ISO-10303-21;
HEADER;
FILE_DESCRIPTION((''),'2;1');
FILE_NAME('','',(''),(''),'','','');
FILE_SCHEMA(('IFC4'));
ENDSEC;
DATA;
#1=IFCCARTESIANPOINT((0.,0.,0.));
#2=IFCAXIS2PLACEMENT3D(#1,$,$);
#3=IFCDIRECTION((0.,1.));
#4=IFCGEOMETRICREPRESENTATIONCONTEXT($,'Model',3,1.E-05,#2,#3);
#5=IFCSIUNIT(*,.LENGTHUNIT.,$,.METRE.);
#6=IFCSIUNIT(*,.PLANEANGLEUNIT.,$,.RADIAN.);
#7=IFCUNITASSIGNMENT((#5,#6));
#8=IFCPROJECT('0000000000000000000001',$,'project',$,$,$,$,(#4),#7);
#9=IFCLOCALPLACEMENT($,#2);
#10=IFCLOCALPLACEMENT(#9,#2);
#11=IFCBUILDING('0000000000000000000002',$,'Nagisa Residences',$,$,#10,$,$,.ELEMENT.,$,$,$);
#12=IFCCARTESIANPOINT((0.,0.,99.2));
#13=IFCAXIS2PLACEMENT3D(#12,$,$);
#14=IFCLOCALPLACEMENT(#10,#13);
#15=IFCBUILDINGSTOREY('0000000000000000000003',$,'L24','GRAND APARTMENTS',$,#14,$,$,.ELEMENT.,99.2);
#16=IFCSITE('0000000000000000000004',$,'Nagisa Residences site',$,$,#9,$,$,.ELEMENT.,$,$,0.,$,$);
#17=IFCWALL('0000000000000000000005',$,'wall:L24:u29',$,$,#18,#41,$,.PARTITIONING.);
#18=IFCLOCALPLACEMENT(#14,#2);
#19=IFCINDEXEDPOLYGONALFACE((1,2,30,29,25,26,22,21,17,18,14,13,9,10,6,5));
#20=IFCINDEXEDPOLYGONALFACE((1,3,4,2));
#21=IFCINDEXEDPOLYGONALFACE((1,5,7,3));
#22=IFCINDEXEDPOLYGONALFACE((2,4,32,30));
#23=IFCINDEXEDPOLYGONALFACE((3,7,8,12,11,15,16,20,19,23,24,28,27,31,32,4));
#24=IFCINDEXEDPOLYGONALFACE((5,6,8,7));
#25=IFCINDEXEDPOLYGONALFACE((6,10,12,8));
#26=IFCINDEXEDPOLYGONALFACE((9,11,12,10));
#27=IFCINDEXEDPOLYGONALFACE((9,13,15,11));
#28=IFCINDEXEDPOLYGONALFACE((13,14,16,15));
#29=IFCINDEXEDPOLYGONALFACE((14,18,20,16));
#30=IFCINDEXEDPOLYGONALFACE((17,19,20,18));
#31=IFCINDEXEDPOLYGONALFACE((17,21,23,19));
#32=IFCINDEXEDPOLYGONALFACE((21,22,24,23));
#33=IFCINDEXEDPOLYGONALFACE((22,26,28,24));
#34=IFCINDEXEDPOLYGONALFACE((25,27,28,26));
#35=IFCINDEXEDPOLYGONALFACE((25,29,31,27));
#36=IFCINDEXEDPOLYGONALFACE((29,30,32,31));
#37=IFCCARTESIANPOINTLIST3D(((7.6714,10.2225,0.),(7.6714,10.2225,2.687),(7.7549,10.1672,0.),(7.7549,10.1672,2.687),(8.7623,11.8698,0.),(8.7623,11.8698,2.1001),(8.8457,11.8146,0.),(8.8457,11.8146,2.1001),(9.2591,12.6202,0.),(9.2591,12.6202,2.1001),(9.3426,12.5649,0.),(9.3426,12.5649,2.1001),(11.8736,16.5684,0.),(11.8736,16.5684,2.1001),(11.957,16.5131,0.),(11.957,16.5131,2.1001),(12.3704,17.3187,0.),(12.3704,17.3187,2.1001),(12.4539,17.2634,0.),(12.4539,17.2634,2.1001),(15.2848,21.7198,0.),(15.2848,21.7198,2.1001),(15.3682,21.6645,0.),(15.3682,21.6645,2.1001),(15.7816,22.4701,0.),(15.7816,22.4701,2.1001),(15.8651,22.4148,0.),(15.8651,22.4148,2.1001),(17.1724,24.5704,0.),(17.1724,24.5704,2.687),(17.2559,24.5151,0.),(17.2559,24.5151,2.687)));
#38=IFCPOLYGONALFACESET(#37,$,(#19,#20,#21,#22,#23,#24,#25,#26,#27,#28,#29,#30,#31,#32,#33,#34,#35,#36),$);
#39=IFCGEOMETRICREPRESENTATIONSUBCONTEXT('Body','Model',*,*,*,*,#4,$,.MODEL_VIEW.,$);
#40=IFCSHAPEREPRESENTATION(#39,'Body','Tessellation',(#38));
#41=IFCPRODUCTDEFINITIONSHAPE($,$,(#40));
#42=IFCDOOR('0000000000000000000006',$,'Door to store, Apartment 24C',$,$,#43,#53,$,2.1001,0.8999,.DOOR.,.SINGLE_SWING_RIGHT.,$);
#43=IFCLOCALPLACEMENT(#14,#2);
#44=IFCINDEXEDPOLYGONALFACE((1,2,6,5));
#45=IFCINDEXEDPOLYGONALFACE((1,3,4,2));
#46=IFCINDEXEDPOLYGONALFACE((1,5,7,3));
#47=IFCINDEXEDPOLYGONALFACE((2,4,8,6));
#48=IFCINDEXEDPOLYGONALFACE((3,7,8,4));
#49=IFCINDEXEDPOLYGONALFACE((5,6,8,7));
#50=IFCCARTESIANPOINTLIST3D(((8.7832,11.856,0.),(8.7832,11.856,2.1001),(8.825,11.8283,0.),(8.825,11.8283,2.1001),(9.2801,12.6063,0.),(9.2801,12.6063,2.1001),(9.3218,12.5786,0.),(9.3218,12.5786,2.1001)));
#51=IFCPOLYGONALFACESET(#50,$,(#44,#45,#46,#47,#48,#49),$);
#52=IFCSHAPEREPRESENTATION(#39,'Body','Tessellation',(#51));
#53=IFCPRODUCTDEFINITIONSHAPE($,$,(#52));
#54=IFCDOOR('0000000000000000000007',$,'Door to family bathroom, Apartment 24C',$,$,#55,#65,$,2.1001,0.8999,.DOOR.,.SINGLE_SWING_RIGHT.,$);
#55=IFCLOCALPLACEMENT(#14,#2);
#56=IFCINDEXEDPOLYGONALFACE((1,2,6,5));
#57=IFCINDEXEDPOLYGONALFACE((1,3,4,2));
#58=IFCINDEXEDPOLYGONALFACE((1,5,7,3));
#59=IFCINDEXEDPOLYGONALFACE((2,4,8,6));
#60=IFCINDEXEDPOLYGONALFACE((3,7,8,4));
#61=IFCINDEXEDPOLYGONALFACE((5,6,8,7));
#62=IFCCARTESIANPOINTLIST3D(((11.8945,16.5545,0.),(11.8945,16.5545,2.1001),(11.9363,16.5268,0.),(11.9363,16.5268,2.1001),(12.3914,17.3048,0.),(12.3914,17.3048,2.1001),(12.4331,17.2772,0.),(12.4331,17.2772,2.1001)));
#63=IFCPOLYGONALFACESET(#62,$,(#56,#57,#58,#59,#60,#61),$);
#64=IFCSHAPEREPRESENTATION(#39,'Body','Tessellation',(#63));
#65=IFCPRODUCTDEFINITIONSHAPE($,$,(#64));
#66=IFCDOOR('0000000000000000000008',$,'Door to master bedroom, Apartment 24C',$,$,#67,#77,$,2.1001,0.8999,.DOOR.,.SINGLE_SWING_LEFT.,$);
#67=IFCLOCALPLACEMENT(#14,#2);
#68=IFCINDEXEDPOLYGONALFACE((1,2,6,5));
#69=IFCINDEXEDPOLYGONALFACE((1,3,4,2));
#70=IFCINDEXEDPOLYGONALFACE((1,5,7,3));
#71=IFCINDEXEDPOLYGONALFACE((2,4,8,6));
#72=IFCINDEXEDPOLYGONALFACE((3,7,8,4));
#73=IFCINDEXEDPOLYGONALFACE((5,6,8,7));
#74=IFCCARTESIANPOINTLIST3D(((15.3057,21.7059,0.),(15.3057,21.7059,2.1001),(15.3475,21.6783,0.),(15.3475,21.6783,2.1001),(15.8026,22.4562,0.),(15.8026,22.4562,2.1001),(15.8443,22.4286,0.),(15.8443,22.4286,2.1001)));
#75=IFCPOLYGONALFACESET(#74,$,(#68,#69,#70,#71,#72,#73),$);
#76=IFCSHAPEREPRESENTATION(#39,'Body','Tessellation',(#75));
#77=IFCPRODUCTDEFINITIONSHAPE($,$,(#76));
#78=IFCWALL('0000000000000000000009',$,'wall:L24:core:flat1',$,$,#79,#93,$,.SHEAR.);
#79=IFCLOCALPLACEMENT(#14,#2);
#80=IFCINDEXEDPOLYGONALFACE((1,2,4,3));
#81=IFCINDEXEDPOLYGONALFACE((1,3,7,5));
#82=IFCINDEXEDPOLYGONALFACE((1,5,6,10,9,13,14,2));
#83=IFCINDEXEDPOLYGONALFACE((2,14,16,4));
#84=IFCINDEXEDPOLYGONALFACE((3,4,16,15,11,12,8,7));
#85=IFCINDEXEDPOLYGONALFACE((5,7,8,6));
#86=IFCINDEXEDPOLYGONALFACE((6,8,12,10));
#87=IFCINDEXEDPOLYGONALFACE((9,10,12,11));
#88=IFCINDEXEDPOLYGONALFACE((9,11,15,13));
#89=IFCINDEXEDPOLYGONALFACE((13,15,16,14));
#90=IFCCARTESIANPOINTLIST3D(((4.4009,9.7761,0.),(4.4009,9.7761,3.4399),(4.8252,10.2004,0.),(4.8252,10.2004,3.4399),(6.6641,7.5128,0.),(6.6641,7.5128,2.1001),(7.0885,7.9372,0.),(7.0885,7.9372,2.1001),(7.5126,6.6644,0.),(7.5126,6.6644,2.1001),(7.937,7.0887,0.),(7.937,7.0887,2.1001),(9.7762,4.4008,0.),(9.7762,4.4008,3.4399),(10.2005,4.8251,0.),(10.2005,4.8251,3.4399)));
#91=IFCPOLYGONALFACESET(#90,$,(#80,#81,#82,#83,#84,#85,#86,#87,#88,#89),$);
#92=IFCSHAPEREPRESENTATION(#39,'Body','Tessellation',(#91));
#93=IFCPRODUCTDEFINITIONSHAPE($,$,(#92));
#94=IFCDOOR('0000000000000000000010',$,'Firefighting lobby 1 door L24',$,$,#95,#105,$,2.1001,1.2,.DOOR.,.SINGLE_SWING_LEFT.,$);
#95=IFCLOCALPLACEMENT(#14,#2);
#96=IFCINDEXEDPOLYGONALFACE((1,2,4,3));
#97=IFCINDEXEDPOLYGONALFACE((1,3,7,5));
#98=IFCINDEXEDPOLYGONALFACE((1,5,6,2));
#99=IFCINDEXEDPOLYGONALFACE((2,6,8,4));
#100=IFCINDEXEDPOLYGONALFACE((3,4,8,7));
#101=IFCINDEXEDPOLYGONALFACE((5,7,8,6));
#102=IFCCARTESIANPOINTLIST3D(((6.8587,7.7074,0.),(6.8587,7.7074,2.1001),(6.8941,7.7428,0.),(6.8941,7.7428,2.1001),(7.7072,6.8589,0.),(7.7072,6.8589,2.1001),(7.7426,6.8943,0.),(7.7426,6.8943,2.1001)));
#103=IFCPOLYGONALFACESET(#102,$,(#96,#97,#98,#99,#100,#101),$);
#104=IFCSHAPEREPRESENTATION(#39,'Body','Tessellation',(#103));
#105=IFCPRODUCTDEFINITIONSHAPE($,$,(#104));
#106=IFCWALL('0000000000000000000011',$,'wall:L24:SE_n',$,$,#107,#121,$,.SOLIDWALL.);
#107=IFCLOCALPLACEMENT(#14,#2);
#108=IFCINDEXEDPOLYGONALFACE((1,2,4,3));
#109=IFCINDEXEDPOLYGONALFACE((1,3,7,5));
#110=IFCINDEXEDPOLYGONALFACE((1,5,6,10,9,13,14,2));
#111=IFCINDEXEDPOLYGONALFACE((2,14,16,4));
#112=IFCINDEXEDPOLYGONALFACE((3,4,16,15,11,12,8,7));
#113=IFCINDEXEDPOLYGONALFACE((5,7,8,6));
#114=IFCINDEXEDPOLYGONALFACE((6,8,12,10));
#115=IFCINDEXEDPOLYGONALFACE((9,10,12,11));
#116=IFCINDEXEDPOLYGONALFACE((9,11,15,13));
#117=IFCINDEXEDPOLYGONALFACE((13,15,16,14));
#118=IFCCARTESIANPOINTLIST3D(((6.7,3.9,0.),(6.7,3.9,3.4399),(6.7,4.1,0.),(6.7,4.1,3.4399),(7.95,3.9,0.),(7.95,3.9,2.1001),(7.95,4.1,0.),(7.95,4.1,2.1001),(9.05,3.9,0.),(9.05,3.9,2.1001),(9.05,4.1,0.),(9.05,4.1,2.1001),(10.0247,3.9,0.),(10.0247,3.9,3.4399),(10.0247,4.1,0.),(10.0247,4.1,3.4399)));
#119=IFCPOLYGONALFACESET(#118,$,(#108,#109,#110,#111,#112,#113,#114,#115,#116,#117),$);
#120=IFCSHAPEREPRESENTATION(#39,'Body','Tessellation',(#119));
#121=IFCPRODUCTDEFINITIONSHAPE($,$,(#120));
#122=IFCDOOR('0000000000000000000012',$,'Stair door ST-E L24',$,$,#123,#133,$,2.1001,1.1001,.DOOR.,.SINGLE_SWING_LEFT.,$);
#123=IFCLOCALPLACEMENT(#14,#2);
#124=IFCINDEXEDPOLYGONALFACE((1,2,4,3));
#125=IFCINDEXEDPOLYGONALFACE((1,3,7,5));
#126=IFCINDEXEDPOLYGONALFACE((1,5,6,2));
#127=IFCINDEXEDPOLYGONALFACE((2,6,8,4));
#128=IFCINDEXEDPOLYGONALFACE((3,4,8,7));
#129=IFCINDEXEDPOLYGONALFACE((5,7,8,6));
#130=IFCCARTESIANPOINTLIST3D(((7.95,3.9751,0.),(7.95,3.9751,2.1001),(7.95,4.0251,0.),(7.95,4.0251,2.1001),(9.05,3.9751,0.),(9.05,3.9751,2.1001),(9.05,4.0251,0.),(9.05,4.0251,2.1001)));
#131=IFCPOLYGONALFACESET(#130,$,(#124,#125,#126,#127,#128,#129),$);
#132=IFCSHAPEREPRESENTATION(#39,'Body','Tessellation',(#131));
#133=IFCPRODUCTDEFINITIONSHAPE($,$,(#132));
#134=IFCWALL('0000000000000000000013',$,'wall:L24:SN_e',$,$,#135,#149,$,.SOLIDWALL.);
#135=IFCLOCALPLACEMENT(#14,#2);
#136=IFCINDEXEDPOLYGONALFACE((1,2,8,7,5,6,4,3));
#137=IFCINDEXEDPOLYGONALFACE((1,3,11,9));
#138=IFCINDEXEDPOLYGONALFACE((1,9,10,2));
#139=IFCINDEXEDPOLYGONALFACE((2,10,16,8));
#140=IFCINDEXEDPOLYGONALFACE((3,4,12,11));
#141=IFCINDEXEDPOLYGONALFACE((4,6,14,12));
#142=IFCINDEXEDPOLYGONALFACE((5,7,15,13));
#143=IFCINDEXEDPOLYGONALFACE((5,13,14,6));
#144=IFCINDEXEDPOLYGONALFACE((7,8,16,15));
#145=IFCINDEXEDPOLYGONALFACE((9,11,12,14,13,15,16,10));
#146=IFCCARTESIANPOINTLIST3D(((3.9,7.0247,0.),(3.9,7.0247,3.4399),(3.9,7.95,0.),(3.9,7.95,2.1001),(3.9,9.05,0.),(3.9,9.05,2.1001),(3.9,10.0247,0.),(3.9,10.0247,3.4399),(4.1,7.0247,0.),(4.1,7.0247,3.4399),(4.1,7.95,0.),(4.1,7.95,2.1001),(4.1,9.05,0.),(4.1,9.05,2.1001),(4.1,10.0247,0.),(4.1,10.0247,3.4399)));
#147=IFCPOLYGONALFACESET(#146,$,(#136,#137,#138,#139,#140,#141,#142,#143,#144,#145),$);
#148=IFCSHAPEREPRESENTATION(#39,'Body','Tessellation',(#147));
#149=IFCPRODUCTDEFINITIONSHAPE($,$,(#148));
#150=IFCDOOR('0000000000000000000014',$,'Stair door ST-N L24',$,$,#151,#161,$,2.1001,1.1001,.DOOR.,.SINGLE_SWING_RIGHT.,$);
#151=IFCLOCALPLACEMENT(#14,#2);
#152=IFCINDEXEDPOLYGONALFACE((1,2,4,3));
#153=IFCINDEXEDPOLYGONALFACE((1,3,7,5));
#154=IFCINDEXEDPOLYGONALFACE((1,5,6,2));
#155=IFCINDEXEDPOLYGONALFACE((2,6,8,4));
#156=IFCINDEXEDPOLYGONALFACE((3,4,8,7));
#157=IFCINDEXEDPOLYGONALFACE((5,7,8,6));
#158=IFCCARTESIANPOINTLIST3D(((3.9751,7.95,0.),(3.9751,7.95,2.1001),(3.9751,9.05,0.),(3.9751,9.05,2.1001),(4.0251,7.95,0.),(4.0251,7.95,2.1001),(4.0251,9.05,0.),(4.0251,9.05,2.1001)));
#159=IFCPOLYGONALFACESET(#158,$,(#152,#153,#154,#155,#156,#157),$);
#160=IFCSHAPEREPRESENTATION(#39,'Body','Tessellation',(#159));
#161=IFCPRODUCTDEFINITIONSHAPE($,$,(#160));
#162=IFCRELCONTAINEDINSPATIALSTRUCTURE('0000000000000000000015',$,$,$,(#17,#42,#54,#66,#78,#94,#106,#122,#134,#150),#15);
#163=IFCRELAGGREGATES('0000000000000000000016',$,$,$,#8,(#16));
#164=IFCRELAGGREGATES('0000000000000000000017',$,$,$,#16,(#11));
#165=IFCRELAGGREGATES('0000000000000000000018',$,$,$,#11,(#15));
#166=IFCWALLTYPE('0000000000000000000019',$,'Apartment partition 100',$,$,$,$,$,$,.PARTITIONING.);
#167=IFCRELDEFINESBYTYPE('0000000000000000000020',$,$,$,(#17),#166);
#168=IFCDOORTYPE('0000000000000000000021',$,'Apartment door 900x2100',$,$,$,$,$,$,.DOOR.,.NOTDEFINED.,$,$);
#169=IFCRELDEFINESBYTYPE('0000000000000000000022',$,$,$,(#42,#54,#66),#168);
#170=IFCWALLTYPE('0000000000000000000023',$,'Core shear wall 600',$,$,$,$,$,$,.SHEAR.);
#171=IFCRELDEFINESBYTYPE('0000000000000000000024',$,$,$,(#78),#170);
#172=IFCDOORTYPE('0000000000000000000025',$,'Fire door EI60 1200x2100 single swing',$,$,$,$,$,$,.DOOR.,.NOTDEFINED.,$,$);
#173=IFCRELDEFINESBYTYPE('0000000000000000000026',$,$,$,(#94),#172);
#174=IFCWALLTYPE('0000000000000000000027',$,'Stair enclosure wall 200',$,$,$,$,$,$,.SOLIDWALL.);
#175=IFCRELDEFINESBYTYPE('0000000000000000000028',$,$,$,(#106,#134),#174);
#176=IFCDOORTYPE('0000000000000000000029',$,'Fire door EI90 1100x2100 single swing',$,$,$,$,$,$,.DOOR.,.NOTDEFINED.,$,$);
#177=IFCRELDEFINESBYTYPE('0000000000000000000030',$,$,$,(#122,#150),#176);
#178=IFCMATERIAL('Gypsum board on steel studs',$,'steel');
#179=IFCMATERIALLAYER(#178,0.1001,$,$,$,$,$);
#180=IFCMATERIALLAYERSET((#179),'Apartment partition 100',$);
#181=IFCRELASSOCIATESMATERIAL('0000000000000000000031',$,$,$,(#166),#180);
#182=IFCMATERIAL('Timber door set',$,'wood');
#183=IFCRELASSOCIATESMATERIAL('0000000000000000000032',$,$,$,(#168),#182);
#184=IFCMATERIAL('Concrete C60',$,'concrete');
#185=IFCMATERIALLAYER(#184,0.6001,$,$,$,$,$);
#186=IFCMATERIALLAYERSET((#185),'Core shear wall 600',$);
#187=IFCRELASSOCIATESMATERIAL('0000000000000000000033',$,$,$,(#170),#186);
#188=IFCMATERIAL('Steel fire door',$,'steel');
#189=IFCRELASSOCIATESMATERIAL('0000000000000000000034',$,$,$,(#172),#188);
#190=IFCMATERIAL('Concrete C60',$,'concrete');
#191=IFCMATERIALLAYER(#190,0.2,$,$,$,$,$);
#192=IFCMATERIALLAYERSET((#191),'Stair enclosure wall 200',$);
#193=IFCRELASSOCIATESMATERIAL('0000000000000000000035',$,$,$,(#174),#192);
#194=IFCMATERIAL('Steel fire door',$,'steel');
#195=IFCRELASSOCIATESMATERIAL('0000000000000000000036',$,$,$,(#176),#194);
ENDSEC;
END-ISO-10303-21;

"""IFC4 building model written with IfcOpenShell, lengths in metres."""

from ifc_helpers import new_model, si_unit, direction, frame, frame_2d, origin, place, context, subcontext, project, spatial, rectangle, extrude, material, layer, layer_set, type_object, element, fill, save


model = new_model("IFC4")

# Units and contexts
model_context = context("Model", 3, precision=1e-05, world=origin(), true_north=direction((0.0, 1.0)))
body_context = subcontext(model_context, "Body", "Model", "MODEL_VIEW")
ifc_project = project(units=[si_unit("LENGTHUNIT", "METRE"), si_unit("PLANEANGLEUNIT", "RADIAN")], contexts=[model_context])

# Site, building, storey
site_placement = place(None, origin())
site = spatial("IfcSite", under=ifc_project, at=site_placement, Name="Nagisa Residences site", CompositionType="ELEMENT", RefElevation=0.0)
building_placement = place(site_placement, origin())
building = spatial("IfcBuilding", under=site, at=building_placement, Name="Nagisa Residences", CompositionType="ELEMENT")
storey_placement = place(building_placement, frame((0.0, 0.0, 99.2)))
storey = spatial("IfcBuildingStorey", under=building, at=storey_placement, Name="L24", Description="GRAND APARTMENTS", CompositionType="ELEMENT", Elevation=99.2)

# Shared definitions
ifc_material_1 = material(Name="Gypsum board on steel studs", Category="steel")
ifc_layer_1 = layer(ifc_material_1, 0.1001)
ifc_layer_set_1 = layer_set([ifc_layer_1], Name="Apartment partition 100")
wall_type_1 = type_object("IfcWallType", Name="Apartment partition 100", PredefinedType="PARTITIONING", material=ifc_layer_set_1)

# Wall, openings, doors
ifc_material_2 = material(Name="Timber door set", Category="wood")
door_type_1 = type_object("IfcDoorType", Name="Apartment door 900x2100", OperationType="NOTDEFINED", PredefinedType="DOOR", material=ifc_material_2)
wall_1_placement = place(storey_placement, frame((7.7131, 10.1948, 0.0), z_axis=(0.0, 0.0, 1.0), x_axis=(0.552111, 0.833771, 0.0)))
wall_1 = element("IfcWall", 1, at=wall_1_placement, inside=storey, type_object=wall_type_1, Name="wall:L24:u29", PredefinedType="PARTITIONING", context=body_context, shape_type="SweptSolid", body=[
    extrude(rectangle(XDim=17.2085, YDim=0.1001, at=frame_2d((8.6042, 0.0))), origin(), (0.0, 0.0, 1.0), 2.687),
])
opening_1_placement = place(wall_1_placement, frame((1.9758, 0.0, 0.0)))
opening_1 = element("IfcOpeningElement", 2, at=opening_1_placement, cuts=wall_1, PredefinedType="OPENING", context=body_context, shape_type="SweptSolid", body=[
    extrude(rectangle(XDim=0.8999, YDim=2.1001, at=frame_2d((0.45, 1.05))), frame((0.0, 0.0601, 0.0), z_axis=(0.0, -1.0, 0.0), x_axis=(1.0, 0.0, 0.0)), (0.0, 0.0, 1.0), 0.1201),
])
opening_2_placement = place(wall_1_placement, frame((7.6111, 0.0, 0.0)))
opening_2 = element("IfcOpeningElement", 3, at=opening_2_placement, cuts=wall_1, PredefinedType="OPENING", context=body_context, shape_type="SweptSolid", body=[
    extrude(rectangle(XDim=0.8999, YDim=2.1001, at=frame_2d((0.45, 1.05))), frame((0.0, 0.0601, 0.0), z_axis=(0.0, -1.0, 0.0), x_axis=(1.0, 0.0, 0.0)), (0.0, 0.0, 1.0), 0.1201),
])
opening_3_placement = place(wall_1_placement, frame((13.7896, 0.0, 0.0)))
opening_3 = element("IfcOpeningElement", 4, at=opening_3_placement, cuts=wall_1, PredefinedType="OPENING", context=body_context, shape_type="SweptSolid", body=[
    extrude(rectangle(XDim=0.8999, YDim=2.1001, at=frame_2d((0.45, 1.05))), frame((0.0, 0.0601, 0.0), z_axis=(0.0, -1.0, 0.0), x_axis=(1.0, 0.0, 0.0)), (0.0, 0.0, 1.0), 0.1201),
])
door_1_placement = place(opening_1_placement, origin())
door_1 = element("IfcDoor", 5, at=door_1_placement, inside=storey, type_object=door_type_1, Name="Door to store, Apartment 24C", OperationType="SINGLE_SWING_RIGHT", OverallHeight=2.1001, OverallWidth=0.8999, PredefinedType="DOOR", context=body_context, shape_type="SweptSolid", body=[
    extrude(rectangle(XDim=0.8999, YDim=2.1001, at=frame_2d((0.45, 1.05))), frame((0.0, 0.0249, 0.0), z_axis=(0.0, -1.0, 0.0), x_axis=(1.0, 0.0, 0.0)), (0.0, 0.0, 1.0), 0.05),
])
fill(opening_1, door_1)
door_2_placement = place(opening_2_placement, origin())
door_2 = element("IfcDoor", 6, at=door_2_placement, inside=storey, type_object=door_type_1, Name="Door to family bathroom, Apartment 24C", OperationType="SINGLE_SWING_RIGHT", OverallHeight=2.1001, OverallWidth=0.8999, PredefinedType="DOOR", context=body_context, shape_type="SweptSolid", body=[
    extrude(rectangle(XDim=0.8999, YDim=2.1001, at=frame_2d((0.45, 1.05))), frame((0.0, 0.0249, 0.0), z_axis=(0.0, -1.0, 0.0), x_axis=(1.0, 0.0, 0.0)), (0.0, 0.0, 1.0), 0.05),
])
fill(opening_2, door_2)
door_3_placement = place(opening_3_placement, origin())
door_3 = element("IfcDoor", 7, at=door_3_placement, inside=storey, type_object=door_type_1, Name="Door to master bedroom, Apartment 24C", OperationType="SINGLE_SWING_LEFT", OverallHeight=2.1001, OverallWidth=0.8999, PredefinedType="DOOR", context=body_context, shape_type="SweptSolid", body=[
    extrude(rectangle(XDim=0.8999, YDim=2.1001, at=frame_2d((0.45, 1.05))), frame((0.0, 0.0249, 0.0), z_axis=(0.0, -1.0, 0.0), x_axis=(1.0, 0.0, 0.0)), (0.0, 0.0, 1.0), 0.05),
])
fill(opening_3, door_3)

# Walls, openings, doors
ifc_material_3 = material(Name="Concrete C60", Category="concrete")
ifc_layer_2 = layer(ifc_material_3, 0.6001)
ifc_layer_set_2 = layer_set([ifc_layer_2], Name="Core shear wall 600")
wall_type_2 = type_object("IfcWallType", Name="Core shear wall 600", PredefinedType="SHEAR", material=ifc_layer_set_2)
wall_2_placement = place(storey_placement, frame((9.9883, 4.613, 0.0), z_axis=(0.0, 0.0, 1.0), x_axis=(-0.707107, 0.707107, 0.0)))
wall_2 = element("IfcWall", 8, at=wall_2_placement, inside=storey, type_object=wall_type_2, Name="wall:L24:core:flat1", PredefinedType="SHEAR", context=body_context, shape_type="SweptSolid", body=[
    extrude(rectangle(XDim=7.6018, YDim=0.6001, at=frame_2d((3.8008, 0.0))), origin(), (0.0, 0.0, 1.0), 3.4399),
])
opening_4_placement = place(wall_2_placement, frame((3.2009, 0.0, 0.0)))
opening_4 = element("IfcOpeningElement", 9, at=opening_4_placement, cuts=wall_2, PredefinedType="OPENING", context=body_context, shape_type="SweptSolid", body=[
    extrude(rectangle(XDim=1.2, YDim=2.1001, at=frame_2d((0.6001, 1.05))), frame((0.0, 0.3101, 0.0), z_axis=(0.0, -1.0, 0.0), x_axis=(1.0, 0.0, 0.0)), (0.0, 0.0, 1.0), 0.6201),
])
ifc_material_4 = material(Name="Steel fire door", Category="steel")
door_type_2 = type_object("IfcDoorType", Name="Fire door EI60 1200x2100 single swing", OperationType="NOTDEFINED", PredefinedType="DOOR", material=ifc_material_4)
door_4_placement = place(opening_4_placement, origin())
door_4 = element("IfcDoor", 10, at=door_4_placement, inside=storey, type_object=door_type_2, Name="Firefighting lobby 1 door L24", OperationType="SINGLE_SWING_LEFT", OverallHeight=2.1001, OverallWidth=1.2, PredefinedType="DOOR", context=body_context, shape_type="SweptSolid", body=[
    extrude(rectangle(XDim=1.2, YDim=2.1001, at=frame_2d((0.6001, 1.05))), frame((0.0, 0.0249, 0.0), z_axis=(0.0, -1.0, 0.0), x_axis=(1.0, 0.0, 0.0)), (0.0, 0.0, 1.0), 0.05),
])
fill(opening_4, door_4)
ifc_material_5 = material(Name="Concrete C60", Category="concrete")
ifc_layer_3 = layer(ifc_material_5, 0.2)
ifc_layer_set_3 = layer_set([ifc_layer_3], Name="Stair enclosure wall 200")
wall_type_3 = type_object("IfcWallType", Name="Stair enclosure wall 200", PredefinedType="SOLIDWALL", material=ifc_layer_set_3)
wall_3_placement = place(storey_placement, frame((6.7, 4.0, 0.0), z_axis=(0.0, 0.0, 1.0), x_axis=(1.0, 0.0, 0.0)))
wall_3 = element("IfcWall", 11, at=wall_3_placement, inside=storey, type_object=wall_type_3, Name="wall:L24:SE_n", PredefinedType="SOLIDWALL", context=body_context, shape_type="SweptSolid", body=[
    extrude(rectangle(XDim=3.3247, YDim=0.2, at=frame_2d((1.6624, 0.0))), origin(), (0.0, 0.0, 1.0), 3.4399),
])
opening_5_placement = place(wall_3_placement, frame((1.25, 0.0, 0.0)))
opening_5 = element("IfcOpeningElement", 12, at=opening_5_placement, cuts=wall_3, PredefinedType="OPENING", context=body_context, shape_type="SweptSolid", body=[
    extrude(rectangle(XDim=1.1001, YDim=2.1001, at=frame_2d((0.55, 1.05))), frame((0.0, 0.1099, 0.0), z_axis=(0.0, -1.0, 0.0), x_axis=(1.0, 0.0, 0.0)), (0.0, 0.0, 1.0), 0.22),
])
ifc_material_6 = material(Name="Steel fire door", Category="steel")
door_type_3 = type_object("IfcDoorType", Name="Fire door EI90 1100x2100 single swing", OperationType="NOTDEFINED", PredefinedType="DOOR", material=ifc_material_6)
door_5_placement = place(opening_5_placement, frame((1.1001, 0.0, 0.0), x_axis=(-1.0, 0.0, 0.0)))
door_5 = element("IfcDoor", 13, at=door_5_placement, inside=storey, type_object=door_type_3, Name="Stair door ST-E L24", OperationType="SINGLE_SWING_LEFT", OverallHeight=2.1001, OverallWidth=1.1001, PredefinedType="DOOR", context=body_context, shape_type="SweptSolid", body=[
    extrude(rectangle(XDim=1.1001, YDim=2.1001, at=frame_2d((0.55, 1.05))), frame((0.0, 0.0249, 0.0), z_axis=(0.0, -1.0, 0.0), x_axis=(1.0, 0.0, 0.0)), (0.0, 0.0, 1.0), 0.05),
])
fill(opening_5, door_5)
wall_4_placement = place(storey_placement, frame((4.0, 7.0247, 0.0), z_axis=(0.0, 0.0, 1.0), x_axis=(0.0, 1.0, 0.0)))
wall_4 = element("IfcWall", 14, at=wall_4_placement, inside=storey, type_object=wall_type_3, Name="wall:L24:SN_e", PredefinedType="SOLIDWALL", context=body_context, shape_type="SweptSolid", body=[
    extrude(rectangle(XDim=3.0, YDim=0.2, at=frame_2d((1.5, 0.0))), origin(), (0.0, 0.0, 1.0), 3.4399),
])
opening_6_placement = place(wall_4_placement, frame((0.9253, 0.0, 0.0)))
opening_6 = element("IfcOpeningElement", 15, at=opening_6_placement, cuts=wall_4, PredefinedType="OPENING", context=body_context, shape_type="SweptSolid", body=[
    extrude(rectangle(XDim=1.1001, YDim=2.1001, at=frame_2d((0.55, 1.05))), frame((0.0, 0.1099, 0.0), z_axis=(0.0, -1.0, 0.0), x_axis=(1.0, 0.0, 0.0)), (0.0, 0.0, 1.0), 0.22),
])
door_6_placement = place(opening_6_placement, origin())
door_6 = element("IfcDoor", 16, at=door_6_placement, inside=storey, type_object=door_type_3, Name="Stair door ST-N L24", OperationType="SINGLE_SWING_RIGHT", OverallHeight=2.1001, OverallWidth=1.1001, PredefinedType="DOOR", context=body_context, shape_type="SweptSolid", body=[
    extrude(rectangle(XDim=1.1001, YDim=2.1001, at=frame_2d((0.55, 1.05))), frame((0.0, 0.0249, 0.0), z_axis=(0.0, -1.0, 0.0), x_axis=(1.0, 0.0, 0.0)), (0.0, 0.0, 1.0), 0.05),
])
fill(opening_6, door_6)

save(model, "model.ifc")
